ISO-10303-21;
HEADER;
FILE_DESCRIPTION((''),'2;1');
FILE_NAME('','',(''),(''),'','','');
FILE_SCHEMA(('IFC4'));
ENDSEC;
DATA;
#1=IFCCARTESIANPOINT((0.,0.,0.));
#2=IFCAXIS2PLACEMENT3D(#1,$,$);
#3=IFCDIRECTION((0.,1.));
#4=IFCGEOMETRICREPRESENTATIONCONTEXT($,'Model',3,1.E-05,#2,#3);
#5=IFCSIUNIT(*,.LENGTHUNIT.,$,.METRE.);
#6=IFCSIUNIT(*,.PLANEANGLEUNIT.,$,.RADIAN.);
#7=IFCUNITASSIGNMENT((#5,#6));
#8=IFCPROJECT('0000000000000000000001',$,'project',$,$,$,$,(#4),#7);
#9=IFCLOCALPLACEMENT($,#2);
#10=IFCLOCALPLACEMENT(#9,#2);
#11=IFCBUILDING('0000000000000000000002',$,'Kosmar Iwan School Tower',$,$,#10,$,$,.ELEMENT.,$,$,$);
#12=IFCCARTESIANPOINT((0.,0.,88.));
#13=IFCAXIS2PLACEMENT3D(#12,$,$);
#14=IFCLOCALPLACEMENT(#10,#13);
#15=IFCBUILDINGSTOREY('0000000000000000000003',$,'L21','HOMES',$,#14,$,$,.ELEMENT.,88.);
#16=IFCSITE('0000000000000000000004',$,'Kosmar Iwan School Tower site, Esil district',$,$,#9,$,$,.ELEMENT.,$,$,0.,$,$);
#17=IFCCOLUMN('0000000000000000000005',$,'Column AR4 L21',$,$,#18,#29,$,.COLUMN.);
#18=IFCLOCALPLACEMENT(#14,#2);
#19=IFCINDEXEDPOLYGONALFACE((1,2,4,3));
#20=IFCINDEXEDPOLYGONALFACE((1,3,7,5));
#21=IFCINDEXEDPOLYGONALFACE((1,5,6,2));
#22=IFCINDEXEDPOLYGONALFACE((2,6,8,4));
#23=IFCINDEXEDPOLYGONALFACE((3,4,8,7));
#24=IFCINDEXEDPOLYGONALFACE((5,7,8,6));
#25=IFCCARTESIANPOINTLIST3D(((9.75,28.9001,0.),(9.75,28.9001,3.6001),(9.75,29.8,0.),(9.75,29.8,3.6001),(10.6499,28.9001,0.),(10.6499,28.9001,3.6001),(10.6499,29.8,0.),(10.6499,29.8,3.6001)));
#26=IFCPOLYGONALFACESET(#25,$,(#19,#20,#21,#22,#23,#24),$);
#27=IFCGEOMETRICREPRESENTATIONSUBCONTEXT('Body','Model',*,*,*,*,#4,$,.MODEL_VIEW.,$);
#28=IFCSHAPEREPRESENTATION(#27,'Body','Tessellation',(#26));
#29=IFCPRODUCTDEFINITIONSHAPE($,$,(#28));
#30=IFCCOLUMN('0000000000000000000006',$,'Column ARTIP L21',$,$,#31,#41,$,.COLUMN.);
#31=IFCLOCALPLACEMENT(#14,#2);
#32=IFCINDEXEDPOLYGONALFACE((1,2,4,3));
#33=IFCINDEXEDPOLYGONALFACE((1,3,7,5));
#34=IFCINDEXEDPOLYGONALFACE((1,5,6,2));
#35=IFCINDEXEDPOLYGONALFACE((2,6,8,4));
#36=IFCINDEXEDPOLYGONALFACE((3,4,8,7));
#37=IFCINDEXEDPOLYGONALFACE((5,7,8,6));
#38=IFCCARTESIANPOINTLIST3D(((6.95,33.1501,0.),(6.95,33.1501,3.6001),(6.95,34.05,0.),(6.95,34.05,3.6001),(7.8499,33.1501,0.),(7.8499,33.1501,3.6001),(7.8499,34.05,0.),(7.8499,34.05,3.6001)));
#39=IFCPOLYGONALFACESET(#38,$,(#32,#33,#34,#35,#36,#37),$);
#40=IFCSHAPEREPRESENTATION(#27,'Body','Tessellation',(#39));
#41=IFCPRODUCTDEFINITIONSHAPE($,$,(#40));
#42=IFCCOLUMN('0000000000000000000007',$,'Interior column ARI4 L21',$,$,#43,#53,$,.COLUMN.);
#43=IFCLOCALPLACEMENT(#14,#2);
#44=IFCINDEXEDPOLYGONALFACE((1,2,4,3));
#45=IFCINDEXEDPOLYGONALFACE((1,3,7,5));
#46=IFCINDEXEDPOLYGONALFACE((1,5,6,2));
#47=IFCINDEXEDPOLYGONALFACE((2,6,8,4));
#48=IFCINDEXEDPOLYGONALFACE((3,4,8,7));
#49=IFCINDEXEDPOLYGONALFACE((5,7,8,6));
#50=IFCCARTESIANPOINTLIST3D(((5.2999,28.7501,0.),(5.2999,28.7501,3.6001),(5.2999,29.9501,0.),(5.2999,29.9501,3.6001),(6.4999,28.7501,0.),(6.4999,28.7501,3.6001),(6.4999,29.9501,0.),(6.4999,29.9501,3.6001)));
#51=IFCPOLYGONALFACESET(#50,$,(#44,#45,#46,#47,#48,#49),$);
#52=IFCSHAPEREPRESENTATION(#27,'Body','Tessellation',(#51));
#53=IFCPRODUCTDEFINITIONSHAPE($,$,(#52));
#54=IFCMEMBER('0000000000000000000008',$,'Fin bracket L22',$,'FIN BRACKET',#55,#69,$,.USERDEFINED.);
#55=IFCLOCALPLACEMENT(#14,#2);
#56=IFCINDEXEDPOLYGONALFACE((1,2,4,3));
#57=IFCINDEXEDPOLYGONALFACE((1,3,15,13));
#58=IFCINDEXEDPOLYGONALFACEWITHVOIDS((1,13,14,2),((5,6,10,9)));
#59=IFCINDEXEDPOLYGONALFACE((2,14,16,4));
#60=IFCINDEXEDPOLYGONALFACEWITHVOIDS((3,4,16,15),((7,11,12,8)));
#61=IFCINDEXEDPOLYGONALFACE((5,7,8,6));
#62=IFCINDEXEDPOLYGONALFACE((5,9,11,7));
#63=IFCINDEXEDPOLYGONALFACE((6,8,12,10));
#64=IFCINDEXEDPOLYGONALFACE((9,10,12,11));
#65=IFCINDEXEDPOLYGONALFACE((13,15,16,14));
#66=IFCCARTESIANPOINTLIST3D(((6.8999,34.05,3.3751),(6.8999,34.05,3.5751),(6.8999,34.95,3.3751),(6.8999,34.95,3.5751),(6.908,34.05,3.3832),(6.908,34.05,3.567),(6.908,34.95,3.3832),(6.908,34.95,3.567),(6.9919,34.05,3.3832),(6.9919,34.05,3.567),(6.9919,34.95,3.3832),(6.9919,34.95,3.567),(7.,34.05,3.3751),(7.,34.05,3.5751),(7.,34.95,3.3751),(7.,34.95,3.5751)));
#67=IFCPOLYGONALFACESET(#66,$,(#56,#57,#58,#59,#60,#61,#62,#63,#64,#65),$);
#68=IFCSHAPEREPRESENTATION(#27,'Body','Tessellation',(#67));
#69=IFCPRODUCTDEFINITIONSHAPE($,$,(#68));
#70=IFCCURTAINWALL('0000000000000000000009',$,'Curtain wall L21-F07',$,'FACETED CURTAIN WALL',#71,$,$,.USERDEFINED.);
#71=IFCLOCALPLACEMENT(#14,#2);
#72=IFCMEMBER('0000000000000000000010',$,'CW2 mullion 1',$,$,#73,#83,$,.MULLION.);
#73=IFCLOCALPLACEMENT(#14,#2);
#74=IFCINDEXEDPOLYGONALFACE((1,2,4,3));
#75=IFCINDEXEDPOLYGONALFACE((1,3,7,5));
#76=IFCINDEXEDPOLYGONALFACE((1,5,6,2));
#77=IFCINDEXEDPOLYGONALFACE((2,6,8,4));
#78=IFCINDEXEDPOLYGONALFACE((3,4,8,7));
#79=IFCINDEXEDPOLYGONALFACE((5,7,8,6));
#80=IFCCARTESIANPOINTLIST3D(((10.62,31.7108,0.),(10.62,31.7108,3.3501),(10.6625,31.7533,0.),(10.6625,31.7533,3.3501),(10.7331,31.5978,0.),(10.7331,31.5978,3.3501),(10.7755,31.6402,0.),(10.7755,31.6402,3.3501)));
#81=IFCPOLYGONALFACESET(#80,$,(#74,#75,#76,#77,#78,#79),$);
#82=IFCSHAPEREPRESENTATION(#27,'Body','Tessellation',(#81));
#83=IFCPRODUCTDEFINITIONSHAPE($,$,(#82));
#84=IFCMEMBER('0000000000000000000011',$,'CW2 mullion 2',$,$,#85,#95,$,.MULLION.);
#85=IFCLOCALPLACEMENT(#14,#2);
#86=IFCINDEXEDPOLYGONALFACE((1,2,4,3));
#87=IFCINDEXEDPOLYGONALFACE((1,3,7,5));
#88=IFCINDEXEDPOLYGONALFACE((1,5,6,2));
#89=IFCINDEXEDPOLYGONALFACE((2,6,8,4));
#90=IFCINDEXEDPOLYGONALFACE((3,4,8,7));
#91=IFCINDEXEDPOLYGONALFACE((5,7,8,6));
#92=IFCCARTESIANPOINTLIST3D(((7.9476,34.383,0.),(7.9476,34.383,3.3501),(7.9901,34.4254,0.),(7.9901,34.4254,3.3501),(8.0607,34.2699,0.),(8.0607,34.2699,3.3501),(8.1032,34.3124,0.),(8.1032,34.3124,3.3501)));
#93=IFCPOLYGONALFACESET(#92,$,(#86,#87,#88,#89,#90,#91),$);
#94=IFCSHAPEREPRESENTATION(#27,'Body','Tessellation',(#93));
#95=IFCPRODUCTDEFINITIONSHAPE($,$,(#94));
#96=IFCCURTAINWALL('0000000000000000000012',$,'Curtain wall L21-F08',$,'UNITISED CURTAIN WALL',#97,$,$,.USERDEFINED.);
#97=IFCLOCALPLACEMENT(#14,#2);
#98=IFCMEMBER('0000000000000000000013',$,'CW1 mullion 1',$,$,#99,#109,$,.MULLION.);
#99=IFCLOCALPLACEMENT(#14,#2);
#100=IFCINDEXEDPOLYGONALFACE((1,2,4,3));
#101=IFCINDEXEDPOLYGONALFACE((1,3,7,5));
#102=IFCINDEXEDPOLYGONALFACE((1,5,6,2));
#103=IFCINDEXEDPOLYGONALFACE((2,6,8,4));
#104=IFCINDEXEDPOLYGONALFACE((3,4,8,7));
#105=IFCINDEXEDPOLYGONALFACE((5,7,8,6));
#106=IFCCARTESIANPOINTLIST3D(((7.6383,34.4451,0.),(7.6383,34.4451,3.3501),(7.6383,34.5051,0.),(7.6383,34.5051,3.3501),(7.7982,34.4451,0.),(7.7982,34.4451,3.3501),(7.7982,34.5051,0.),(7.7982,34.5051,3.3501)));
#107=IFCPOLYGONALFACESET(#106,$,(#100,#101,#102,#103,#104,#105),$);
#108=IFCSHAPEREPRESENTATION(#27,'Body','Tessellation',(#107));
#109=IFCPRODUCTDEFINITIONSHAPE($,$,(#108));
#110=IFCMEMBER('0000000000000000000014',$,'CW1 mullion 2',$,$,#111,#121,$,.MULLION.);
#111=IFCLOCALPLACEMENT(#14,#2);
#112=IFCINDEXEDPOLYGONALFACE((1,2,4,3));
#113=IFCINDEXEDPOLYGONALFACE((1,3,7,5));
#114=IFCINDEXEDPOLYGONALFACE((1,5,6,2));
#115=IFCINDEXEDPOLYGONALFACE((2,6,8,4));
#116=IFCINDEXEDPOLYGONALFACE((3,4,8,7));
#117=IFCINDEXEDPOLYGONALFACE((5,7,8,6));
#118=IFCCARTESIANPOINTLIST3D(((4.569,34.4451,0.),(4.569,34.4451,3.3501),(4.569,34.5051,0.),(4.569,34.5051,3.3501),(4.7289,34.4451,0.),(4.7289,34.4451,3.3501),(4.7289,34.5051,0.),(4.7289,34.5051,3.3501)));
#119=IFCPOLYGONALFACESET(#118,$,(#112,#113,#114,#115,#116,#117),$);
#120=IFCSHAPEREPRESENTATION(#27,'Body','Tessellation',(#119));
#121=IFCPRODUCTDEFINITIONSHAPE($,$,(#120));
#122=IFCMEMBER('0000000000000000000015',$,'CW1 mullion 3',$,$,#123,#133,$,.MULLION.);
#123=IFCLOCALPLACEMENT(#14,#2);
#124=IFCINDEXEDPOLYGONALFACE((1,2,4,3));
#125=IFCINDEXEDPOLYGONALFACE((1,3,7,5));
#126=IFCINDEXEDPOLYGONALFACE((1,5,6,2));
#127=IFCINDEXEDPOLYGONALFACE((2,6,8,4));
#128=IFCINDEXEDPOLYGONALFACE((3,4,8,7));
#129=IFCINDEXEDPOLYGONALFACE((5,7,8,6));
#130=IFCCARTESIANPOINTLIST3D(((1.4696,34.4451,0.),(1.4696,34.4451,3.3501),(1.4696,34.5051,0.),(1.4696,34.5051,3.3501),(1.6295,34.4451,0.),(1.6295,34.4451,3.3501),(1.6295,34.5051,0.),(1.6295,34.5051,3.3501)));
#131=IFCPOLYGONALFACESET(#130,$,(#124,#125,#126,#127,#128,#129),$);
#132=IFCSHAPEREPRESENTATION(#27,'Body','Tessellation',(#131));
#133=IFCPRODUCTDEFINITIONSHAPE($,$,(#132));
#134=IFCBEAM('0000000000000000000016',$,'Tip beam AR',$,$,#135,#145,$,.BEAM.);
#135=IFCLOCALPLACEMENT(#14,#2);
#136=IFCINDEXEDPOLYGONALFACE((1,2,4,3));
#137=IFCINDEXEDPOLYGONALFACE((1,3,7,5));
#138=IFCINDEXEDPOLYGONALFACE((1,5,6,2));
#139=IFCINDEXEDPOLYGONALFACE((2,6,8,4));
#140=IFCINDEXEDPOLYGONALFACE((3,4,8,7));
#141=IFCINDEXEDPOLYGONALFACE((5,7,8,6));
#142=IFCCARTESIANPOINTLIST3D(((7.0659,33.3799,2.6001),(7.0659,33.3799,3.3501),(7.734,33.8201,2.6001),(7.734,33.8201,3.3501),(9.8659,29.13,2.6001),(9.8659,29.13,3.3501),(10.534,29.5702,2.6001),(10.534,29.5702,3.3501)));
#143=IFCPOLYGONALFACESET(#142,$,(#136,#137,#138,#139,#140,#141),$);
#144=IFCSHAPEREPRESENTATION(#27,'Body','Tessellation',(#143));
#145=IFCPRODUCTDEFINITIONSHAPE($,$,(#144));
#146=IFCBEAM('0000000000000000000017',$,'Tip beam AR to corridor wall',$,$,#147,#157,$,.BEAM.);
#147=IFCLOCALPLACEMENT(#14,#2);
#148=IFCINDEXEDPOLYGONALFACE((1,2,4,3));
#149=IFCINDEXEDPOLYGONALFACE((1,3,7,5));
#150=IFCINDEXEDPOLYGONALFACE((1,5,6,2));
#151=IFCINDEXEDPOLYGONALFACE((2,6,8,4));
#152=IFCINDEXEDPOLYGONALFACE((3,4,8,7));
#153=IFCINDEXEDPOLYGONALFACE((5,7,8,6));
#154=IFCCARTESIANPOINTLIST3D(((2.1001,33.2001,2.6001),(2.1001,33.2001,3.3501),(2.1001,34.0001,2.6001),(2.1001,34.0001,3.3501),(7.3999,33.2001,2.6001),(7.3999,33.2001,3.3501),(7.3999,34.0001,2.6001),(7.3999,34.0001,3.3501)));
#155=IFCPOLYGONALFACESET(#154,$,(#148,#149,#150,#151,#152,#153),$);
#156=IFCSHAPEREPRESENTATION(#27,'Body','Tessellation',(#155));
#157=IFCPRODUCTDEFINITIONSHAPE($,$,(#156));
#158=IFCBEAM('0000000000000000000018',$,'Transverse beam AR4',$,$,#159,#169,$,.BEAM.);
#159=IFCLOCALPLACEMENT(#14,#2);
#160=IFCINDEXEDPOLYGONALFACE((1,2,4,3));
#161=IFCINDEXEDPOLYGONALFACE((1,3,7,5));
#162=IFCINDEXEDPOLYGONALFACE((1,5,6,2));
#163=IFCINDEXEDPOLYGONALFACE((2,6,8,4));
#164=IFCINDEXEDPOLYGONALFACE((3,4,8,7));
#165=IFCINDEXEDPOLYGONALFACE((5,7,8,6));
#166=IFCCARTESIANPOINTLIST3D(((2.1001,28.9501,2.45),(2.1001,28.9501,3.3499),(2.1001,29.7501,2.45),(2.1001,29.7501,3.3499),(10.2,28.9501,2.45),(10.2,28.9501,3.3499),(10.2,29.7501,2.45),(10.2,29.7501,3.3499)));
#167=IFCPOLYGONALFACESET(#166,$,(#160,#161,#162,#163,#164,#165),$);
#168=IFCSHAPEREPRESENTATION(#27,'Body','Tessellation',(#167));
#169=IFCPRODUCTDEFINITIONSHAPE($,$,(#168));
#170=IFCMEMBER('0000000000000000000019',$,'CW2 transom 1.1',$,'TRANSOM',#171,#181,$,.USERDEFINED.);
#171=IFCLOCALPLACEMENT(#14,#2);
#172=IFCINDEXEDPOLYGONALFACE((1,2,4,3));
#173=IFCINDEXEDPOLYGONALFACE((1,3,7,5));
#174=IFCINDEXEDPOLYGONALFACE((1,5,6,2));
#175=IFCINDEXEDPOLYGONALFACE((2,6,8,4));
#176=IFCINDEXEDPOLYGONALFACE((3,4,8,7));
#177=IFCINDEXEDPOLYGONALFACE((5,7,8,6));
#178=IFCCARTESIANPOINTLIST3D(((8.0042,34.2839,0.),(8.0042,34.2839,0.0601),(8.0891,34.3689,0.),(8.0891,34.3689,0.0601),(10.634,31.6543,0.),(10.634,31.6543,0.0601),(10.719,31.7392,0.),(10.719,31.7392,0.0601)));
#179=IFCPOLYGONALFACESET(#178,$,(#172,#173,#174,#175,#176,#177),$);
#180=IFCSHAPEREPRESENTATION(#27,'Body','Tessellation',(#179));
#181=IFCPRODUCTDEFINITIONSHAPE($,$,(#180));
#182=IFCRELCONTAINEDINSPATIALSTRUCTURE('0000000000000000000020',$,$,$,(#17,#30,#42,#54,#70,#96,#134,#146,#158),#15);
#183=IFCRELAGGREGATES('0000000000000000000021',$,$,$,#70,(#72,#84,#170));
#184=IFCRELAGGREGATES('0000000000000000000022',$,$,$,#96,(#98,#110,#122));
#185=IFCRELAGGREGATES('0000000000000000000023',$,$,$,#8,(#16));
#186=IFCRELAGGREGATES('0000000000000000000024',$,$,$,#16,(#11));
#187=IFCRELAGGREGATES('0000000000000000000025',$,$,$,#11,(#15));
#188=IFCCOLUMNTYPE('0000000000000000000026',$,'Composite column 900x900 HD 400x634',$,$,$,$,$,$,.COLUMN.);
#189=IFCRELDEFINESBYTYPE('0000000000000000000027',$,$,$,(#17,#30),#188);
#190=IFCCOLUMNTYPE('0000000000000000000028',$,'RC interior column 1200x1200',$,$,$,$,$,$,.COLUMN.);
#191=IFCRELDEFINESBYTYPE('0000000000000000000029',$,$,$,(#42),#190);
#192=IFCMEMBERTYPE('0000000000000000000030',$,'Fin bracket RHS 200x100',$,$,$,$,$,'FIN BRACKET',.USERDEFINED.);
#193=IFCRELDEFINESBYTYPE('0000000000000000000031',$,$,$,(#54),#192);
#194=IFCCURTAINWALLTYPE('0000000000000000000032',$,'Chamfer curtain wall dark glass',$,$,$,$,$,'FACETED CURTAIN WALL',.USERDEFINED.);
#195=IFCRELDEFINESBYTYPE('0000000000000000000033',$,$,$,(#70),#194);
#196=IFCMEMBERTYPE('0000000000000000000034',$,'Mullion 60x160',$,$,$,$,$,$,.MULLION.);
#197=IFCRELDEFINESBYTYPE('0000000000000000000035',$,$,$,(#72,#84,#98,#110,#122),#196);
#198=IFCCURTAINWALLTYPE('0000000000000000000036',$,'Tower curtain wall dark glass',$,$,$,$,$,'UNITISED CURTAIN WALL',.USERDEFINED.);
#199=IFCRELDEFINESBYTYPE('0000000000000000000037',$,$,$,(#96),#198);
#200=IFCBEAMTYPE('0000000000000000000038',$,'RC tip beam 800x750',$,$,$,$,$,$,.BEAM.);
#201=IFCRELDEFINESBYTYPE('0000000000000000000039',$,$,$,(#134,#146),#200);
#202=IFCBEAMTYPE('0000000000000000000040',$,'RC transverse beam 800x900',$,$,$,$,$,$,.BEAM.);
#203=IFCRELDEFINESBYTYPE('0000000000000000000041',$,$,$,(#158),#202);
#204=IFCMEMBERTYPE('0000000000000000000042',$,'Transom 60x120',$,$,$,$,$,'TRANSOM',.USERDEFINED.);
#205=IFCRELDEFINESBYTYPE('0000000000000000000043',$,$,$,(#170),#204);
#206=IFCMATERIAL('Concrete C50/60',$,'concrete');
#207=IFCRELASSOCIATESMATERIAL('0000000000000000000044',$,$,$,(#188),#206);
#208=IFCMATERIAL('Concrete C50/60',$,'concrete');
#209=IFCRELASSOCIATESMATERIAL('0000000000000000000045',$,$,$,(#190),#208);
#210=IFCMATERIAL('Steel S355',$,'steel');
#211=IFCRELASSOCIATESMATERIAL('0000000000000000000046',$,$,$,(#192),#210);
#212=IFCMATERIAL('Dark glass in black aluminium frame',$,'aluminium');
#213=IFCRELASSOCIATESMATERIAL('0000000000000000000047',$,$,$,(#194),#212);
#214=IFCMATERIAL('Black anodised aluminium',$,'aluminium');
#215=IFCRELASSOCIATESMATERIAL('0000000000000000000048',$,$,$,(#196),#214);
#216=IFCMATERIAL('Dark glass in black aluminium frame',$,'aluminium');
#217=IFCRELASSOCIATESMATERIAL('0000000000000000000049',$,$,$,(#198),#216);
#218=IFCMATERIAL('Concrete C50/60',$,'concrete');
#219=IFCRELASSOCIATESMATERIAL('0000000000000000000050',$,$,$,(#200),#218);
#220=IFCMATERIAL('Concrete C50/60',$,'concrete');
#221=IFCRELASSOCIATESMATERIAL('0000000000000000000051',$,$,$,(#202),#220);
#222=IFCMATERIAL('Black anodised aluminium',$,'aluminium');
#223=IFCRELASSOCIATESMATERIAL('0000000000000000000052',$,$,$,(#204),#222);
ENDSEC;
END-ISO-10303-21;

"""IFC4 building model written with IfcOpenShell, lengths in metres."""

from ifc_helpers import new_model, si_unit, direction, frame, origin, origin_2d, place, context, subcontext, project, spatial, rectangle, hollow_rectangle, extrude, material, material_profile, profile_set, type_object, element, aggregate, save


model = new_model("IFC4")

# Units and contexts
model_context = context("Model", 3, precision=1e-05, world=origin(), true_north=direction((0.0, 1.0)))
body_context = subcontext(model_context, "Body", "Model", "MODEL_VIEW")
ifc_project = project(units=[si_unit("LENGTHUNIT", "METRE"), si_unit("PLANEANGLEUNIT", "RADIAN")], contexts=[model_context])

# Site, building, storey
site_placement = place(None, origin())
site = spatial("IfcSite", under=ifc_project, at=site_placement, Name="Kosmar Iwan School Tower site, Esil district", CompositionType="ELEMENT", RefElevation=0.0)
building_placement = place(site_placement, origin())
building = spatial("IfcBuilding", under=site, at=building_placement, Name="Kosmar Iwan School Tower", CompositionType="ELEMENT")
storey_placement = place(building_placement, frame((0.0, 0.0, 88.0)))
storey = spatial("IfcBuildingStorey", under=building, at=storey_placement, Name="L21", Description="HOMES", CompositionType="ELEMENT", Elevation=88.0)

# Columns
ifc_material_1 = material(Name="Concrete C50/60", Category="concrete")
ifc_material_profile_1 = material_profile(ifc_material_1, rectangle(XDim=0.8999, YDim=0.8999, at=origin_2d()), Name="RC 900x900 + HD 400x634")
ifc_profile_set_1 = profile_set([ifc_material_profile_1], Name="Concrete C50/60")
column_type_1 = type_object("IfcColumnType", Name="Composite column 900x900 HD 400x634", PredefinedType="COLUMN", material=ifc_profile_set_1)
for number, where, z_axis, x_axis, name in (
    (1, (10.2, 29.3501, 0.0), (0.0, 0.0, 1.0), (0.0, 1.0, 0.0), "Column AR4 L21"),
    (2, (7.3999, 33.6001, 0.0), (0.0, 0.0, 1.0), (0.0, 1.0, 0.0), "Column ARTIP L21"),
):
    element("IfcColumn", number, at=place(storey_placement, frame(where, z_axis=z_axis, x_axis=x_axis)), inside=storey, type_object=column_type_1, Name=name, PredefinedType="COLUMN", context=body_context, shape_type="SweptSolid", body=[
        extrude(rectangle(XDim=0.8999, YDim=0.8999, at=origin_2d()), origin(), (0.0, 0.0, 1.0), 3.6001),
    ])
ifc_material_2 = material(Name="Concrete C50/60", Category="concrete")
ifc_material_profile_2 = material_profile(ifc_material_2, rectangle(XDim=1.2, YDim=1.2, at=origin_2d()), Name="RC 1200x1200")
ifc_profile_set_2 = profile_set([ifc_material_profile_2], Name="Concrete C50/60")
column_type_2 = type_object("IfcColumnType", Name="RC interior column 1200x1200", PredefinedType="COLUMN", material=ifc_profile_set_2)
column_placement = place(storey_placement, frame((5.8999, 29.3501, 0.0), z_axis=(0.0, 0.0, 1.0), x_axis=(0.0, 1.0, 0.0)))
element("IfcColumn", 3, at=column_placement, inside=storey, type_object=column_type_2, Name="Interior column ARI4 L21", PredefinedType="COLUMN", context=body_context, shape_type="SweptSolid", body=[
    extrude(rectangle(XDim=1.2, YDim=1.2, at=origin_2d()), origin(), (0.0, 0.0, 1.0), 3.6001),
])

# Member
ifc_material_3 = material(Name="Steel S355", Category="steel")
ifc_material_profile_3 = material_profile(ifc_material_3, hollow_rectangle(XDim=0.1001, YDim=0.2, WallThickness=0.0081, at=origin_2d()), Name="RHS 200x100x8")
ifc_profile_set_3 = profile_set([ifc_material_profile_3], Name="Steel S355")
member_type_1 = type_object("IfcMemberType", Name="Fin bracket RHS 200x100", ElementType="FIN BRACKET", PredefinedType="USERDEFINED", material=ifc_profile_set_3)
member_1_placement = place(storey_placement, frame((6.95, 34.05, 3.4751), z_axis=(0.0, 1.0, 0.0), x_axis=(-1.0, 0.0, 0.0)))
element("IfcMember", 4, at=member_1_placement, inside=storey, type_object=member_type_1, Name="Fin bracket L22", ObjectType="FIN BRACKET", PredefinedType="USERDEFINED", context=body_context, shape_type="SweptSolid", body=[
    extrude(hollow_rectangle(XDim=0.1001, YDim=0.2, WallThickness=0.0081, at=origin_2d()), origin(), (0.0, 0.0, 1.0), 0.8999),
])

# Curtain walls, members
ifc_material_4 = material(Name="Dark glass in black aluminium frame", Category="aluminium")
curtain_wall_type_1 = type_object("IfcCurtainWallType", Name="Chamfer curtain wall dark glass", ElementType="FACETED CURTAIN WALL", PredefinedType="USERDEFINED", material=ifc_material_4)
curtain_wall_1_placement = place(storey_placement, origin())
curtain_wall_1 = element("IfcCurtainWall", 5, at=curtain_wall_1_placement, inside=storey, type_object=curtain_wall_type_1, Name="Curtain wall L21-F07", ObjectType="FACETED CURTAIN WALL", PredefinedType="USERDEFINED")
ifc_material_5 = material(Name="Black anodised aluminium", Category="aluminium")
ifc_material_profile_4 = material_profile(ifc_material_5, rectangle(XDim=0.0601, YDim=0.1599, at=origin_2d()), Name="MULLION 60x160")
ifc_profile_set_4 = profile_set([ifc_material_profile_4], Name="Black anodised aluminium")
member_type_2 = type_object("IfcMemberType", Name="Mullion 60x160", PredefinedType="MULLION", material=ifc_profile_set_4)
member_2_placement = place(storey_placement, frame((10.6978, 31.6755, 0.0), z_axis=(0.0, 0.0, 1.0), x_axis=(-0.707107, -0.707107, 0.0)))
member_2 = element("IfcMember", 6, at=member_2_placement, type_object=member_type_2, Name="CW2 mullion 1", PredefinedType="MULLION", context=body_context, shape_type="SweptSolid", body=[
    extrude(rectangle(XDim=0.0601, YDim=0.1599, at=origin_2d()), origin(), (0.0, 0.0, 1.0), 3.3501),
])
member_3_placement = place(storey_placement, frame((8.0254, 34.3477, 0.0), z_axis=(0.0, 0.0, 1.0), x_axis=(-0.707107, -0.707107, 0.0)))
member_3 = element("IfcMember", 7, at=member_3_placement, type_object=member_type_2, Name="CW2 mullion 2", PredefinedType="MULLION", context=body_context, shape_type="SweptSolid", body=[
    extrude(rectangle(XDim=0.0601, YDim=0.1599, at=origin_2d()), origin(), (0.0, 0.0, 1.0), 3.3501),
])
ifc_material_6 = material(Name="Dark glass in black aluminium frame", Category="aluminium")
curtain_wall_type_2 = type_object("IfcCurtainWallType", Name="Tower curtain wall dark glass", ElementType="UNITISED CURTAIN WALL", PredefinedType="USERDEFINED", material=ifc_material_6)
curtain_wall_2_placement = place(storey_placement, origin())
curtain_wall_2 = element("IfcCurtainWall", 8, at=curtain_wall_2_placement, inside=storey, type_object=curtain_wall_type_2, Name="Curtain wall L21-F08", ObjectType="UNITISED CURTAIN WALL", PredefinedType="USERDEFINED")
member_4_placement = place(storey_placement, frame((7.7183, 34.4751, 0.0), z_axis=(0.0, 0.0, 1.0), x_axis=(0.0, -1.0, 0.0)))
member_4 = element("IfcMember", 9, at=member_4_placement, type_object=member_type_2, Name="CW1 mullion 1", PredefinedType="MULLION", context=body_context, shape_type="SweptSolid", body=[
    extrude(rectangle(XDim=0.0601, YDim=0.1599, at=origin_2d()), origin(), (0.0, 0.0, 1.0), 3.3501),
])
member_5_placement = place(storey_placement, frame((4.6489, 34.4751, 0.0), z_axis=(0.0, 0.0, 1.0), x_axis=(0.0, -1.0, 0.0)))
member_5 = element("IfcMember", 10, at=member_5_placement, type_object=member_type_2, Name="CW1 mullion 2", PredefinedType="MULLION", context=body_context, shape_type="SweptSolid", body=[
    extrude(rectangle(XDim=0.0601, YDim=0.1599, at=origin_2d()), origin(), (0.0, 0.0, 1.0), 3.3501),
])
member_6_placement = place(storey_placement, frame((1.5496, 34.4751, 0.0), z_axis=(0.0, 0.0, 1.0), x_axis=(0.0, -1.0, 0.0)))
member_6 = element("IfcMember", 11, at=member_6_placement, type_object=member_type_2, Name="CW1 mullion 3", PredefinedType="MULLION", context=body_context, shape_type="SweptSolid", body=[
    extrude(rectangle(XDim=0.0601, YDim=0.1599, at=origin_2d()), origin(), (0.0, 0.0, 1.0), 3.3501),
])

# Beams
ifc_material_7 = material(Name="Concrete C50/60", Category="concrete")
ifc_material_profile_5 = material_profile(ifc_material_7, rectangle(XDim=0.8, YDim=0.75, at=origin_2d()), Name="RC 800x750")
ifc_profile_set_5 = profile_set([ifc_material_profile_5], Name="Concrete C50/60")
beam_type_1 = type_object("IfcBeamType", Name="RC tip beam 800x750", PredefinedType="BEAM", material=ifc_profile_set_5)
beam_1_placement = place(storey_placement, frame((10.2, 29.3501, 2.9751), z_axis=(-0.550164, 0.835056, 0.0), x_axis=(-0.835056, -0.550164, 0.0)))
element("IfcBeam", 12, at=beam_1_placement, inside=storey, type_object=beam_type_1, Name="Tip beam AR", PredefinedType="BEAM", context=body_context, shape_type="SweptSolid", body=[
    extrude(rectangle(XDim=0.8, YDim=0.75, at=origin_2d()), origin(), (0.0, 0.0, 1.0), 5.0894),
])
beam_2_placement = place(storey_placement, frame((7.3999, 33.6001, 2.9751), z_axis=(-1.0, 0.0, 0.0), x_axis=(0.0, -1.0, 0.0)))
element("IfcBeam", 13, at=beam_2_placement, inside=storey, type_object=beam_type_1, Name="Tip beam AR to corridor wall", PredefinedType="BEAM", context=body_context, shape_type="SweptSolid", body=[
    extrude(rectangle(XDim=0.8, YDim=0.75, at=origin_2d()), origin(), (0.0, 0.0, 1.0), 5.2998),
])
ifc_material_8 = material(Name="Concrete C50/60", Category="concrete")
ifc_material_profile_6 = material_profile(ifc_material_8, rectangle(XDim=0.8, YDim=0.8999, at=origin_2d()), Name="RC 800x900")
ifc_profile_set_6 = profile_set([ifc_material_profile_6], Name="Concrete C50/60")
beam_type_2 = type_object("IfcBeamType", Name="RC transverse beam 800x900", PredefinedType="BEAM", material=ifc_profile_set_6)
beam_3_placement = place(storey_placement, frame((10.2, 29.3501, 2.8999), z_axis=(-1.0, 0.0, 0.0), x_axis=(0.0, -1.0, 0.0)))
element("IfcBeam", 14, at=beam_3_placement, inside=storey, type_object=beam_type_2, Name="Transverse beam AR4", PredefinedType="BEAM", context=body_context, shape_type="SweptSolid", body=[
    extrude(rectangle(XDim=0.8, YDim=0.8999, at=origin_2d()), origin(), (0.0, 0.0, 1.0), 8.0999),
])

# Member
ifc_material_9 = material(Name="Black anodised aluminium", Category="aluminium")
ifc_material_profile_7 = material_profile(ifc_material_9, rectangle(XDim=0.1201, YDim=0.0601, at=origin_2d()), Name="TRANSOM 60x120")
ifc_profile_set_7 = profile_set([ifc_material_profile_7], Name="Black anodised aluminium")
member_type_3 = type_object("IfcMemberType", Name="Transom 60x120", ElementType="TRANSOM", PredefinedType="USERDEFINED", material=ifc_profile_set_7)
member_7_placement = place(storey_placement, frame((10.6765, 31.6968, 0.03), z_axis=(-0.70714, 0.707074, 0.0), x_axis=(-0.707074, -0.70714, 0.0)))
member_7 = element("IfcMember", 15, at=member_7_placement, type_object=member_type_3, Name="CW2 transom 1.1", ObjectType="TRANSOM", PredefinedType="USERDEFINED", context=body_context, shape_type="SweptSolid", body=[
    extrude(rectangle(XDim=0.1201, YDim=0.0601, at=origin_2d()), origin(), (0.0, 0.0, 1.0), 3.719),
])

aggregate(curtain_wall_1, [member_2, member_3, member_7])
aggregate(curtain_wall_2, [member_4, member_5, member_6])

save(model, "model.ifc")
